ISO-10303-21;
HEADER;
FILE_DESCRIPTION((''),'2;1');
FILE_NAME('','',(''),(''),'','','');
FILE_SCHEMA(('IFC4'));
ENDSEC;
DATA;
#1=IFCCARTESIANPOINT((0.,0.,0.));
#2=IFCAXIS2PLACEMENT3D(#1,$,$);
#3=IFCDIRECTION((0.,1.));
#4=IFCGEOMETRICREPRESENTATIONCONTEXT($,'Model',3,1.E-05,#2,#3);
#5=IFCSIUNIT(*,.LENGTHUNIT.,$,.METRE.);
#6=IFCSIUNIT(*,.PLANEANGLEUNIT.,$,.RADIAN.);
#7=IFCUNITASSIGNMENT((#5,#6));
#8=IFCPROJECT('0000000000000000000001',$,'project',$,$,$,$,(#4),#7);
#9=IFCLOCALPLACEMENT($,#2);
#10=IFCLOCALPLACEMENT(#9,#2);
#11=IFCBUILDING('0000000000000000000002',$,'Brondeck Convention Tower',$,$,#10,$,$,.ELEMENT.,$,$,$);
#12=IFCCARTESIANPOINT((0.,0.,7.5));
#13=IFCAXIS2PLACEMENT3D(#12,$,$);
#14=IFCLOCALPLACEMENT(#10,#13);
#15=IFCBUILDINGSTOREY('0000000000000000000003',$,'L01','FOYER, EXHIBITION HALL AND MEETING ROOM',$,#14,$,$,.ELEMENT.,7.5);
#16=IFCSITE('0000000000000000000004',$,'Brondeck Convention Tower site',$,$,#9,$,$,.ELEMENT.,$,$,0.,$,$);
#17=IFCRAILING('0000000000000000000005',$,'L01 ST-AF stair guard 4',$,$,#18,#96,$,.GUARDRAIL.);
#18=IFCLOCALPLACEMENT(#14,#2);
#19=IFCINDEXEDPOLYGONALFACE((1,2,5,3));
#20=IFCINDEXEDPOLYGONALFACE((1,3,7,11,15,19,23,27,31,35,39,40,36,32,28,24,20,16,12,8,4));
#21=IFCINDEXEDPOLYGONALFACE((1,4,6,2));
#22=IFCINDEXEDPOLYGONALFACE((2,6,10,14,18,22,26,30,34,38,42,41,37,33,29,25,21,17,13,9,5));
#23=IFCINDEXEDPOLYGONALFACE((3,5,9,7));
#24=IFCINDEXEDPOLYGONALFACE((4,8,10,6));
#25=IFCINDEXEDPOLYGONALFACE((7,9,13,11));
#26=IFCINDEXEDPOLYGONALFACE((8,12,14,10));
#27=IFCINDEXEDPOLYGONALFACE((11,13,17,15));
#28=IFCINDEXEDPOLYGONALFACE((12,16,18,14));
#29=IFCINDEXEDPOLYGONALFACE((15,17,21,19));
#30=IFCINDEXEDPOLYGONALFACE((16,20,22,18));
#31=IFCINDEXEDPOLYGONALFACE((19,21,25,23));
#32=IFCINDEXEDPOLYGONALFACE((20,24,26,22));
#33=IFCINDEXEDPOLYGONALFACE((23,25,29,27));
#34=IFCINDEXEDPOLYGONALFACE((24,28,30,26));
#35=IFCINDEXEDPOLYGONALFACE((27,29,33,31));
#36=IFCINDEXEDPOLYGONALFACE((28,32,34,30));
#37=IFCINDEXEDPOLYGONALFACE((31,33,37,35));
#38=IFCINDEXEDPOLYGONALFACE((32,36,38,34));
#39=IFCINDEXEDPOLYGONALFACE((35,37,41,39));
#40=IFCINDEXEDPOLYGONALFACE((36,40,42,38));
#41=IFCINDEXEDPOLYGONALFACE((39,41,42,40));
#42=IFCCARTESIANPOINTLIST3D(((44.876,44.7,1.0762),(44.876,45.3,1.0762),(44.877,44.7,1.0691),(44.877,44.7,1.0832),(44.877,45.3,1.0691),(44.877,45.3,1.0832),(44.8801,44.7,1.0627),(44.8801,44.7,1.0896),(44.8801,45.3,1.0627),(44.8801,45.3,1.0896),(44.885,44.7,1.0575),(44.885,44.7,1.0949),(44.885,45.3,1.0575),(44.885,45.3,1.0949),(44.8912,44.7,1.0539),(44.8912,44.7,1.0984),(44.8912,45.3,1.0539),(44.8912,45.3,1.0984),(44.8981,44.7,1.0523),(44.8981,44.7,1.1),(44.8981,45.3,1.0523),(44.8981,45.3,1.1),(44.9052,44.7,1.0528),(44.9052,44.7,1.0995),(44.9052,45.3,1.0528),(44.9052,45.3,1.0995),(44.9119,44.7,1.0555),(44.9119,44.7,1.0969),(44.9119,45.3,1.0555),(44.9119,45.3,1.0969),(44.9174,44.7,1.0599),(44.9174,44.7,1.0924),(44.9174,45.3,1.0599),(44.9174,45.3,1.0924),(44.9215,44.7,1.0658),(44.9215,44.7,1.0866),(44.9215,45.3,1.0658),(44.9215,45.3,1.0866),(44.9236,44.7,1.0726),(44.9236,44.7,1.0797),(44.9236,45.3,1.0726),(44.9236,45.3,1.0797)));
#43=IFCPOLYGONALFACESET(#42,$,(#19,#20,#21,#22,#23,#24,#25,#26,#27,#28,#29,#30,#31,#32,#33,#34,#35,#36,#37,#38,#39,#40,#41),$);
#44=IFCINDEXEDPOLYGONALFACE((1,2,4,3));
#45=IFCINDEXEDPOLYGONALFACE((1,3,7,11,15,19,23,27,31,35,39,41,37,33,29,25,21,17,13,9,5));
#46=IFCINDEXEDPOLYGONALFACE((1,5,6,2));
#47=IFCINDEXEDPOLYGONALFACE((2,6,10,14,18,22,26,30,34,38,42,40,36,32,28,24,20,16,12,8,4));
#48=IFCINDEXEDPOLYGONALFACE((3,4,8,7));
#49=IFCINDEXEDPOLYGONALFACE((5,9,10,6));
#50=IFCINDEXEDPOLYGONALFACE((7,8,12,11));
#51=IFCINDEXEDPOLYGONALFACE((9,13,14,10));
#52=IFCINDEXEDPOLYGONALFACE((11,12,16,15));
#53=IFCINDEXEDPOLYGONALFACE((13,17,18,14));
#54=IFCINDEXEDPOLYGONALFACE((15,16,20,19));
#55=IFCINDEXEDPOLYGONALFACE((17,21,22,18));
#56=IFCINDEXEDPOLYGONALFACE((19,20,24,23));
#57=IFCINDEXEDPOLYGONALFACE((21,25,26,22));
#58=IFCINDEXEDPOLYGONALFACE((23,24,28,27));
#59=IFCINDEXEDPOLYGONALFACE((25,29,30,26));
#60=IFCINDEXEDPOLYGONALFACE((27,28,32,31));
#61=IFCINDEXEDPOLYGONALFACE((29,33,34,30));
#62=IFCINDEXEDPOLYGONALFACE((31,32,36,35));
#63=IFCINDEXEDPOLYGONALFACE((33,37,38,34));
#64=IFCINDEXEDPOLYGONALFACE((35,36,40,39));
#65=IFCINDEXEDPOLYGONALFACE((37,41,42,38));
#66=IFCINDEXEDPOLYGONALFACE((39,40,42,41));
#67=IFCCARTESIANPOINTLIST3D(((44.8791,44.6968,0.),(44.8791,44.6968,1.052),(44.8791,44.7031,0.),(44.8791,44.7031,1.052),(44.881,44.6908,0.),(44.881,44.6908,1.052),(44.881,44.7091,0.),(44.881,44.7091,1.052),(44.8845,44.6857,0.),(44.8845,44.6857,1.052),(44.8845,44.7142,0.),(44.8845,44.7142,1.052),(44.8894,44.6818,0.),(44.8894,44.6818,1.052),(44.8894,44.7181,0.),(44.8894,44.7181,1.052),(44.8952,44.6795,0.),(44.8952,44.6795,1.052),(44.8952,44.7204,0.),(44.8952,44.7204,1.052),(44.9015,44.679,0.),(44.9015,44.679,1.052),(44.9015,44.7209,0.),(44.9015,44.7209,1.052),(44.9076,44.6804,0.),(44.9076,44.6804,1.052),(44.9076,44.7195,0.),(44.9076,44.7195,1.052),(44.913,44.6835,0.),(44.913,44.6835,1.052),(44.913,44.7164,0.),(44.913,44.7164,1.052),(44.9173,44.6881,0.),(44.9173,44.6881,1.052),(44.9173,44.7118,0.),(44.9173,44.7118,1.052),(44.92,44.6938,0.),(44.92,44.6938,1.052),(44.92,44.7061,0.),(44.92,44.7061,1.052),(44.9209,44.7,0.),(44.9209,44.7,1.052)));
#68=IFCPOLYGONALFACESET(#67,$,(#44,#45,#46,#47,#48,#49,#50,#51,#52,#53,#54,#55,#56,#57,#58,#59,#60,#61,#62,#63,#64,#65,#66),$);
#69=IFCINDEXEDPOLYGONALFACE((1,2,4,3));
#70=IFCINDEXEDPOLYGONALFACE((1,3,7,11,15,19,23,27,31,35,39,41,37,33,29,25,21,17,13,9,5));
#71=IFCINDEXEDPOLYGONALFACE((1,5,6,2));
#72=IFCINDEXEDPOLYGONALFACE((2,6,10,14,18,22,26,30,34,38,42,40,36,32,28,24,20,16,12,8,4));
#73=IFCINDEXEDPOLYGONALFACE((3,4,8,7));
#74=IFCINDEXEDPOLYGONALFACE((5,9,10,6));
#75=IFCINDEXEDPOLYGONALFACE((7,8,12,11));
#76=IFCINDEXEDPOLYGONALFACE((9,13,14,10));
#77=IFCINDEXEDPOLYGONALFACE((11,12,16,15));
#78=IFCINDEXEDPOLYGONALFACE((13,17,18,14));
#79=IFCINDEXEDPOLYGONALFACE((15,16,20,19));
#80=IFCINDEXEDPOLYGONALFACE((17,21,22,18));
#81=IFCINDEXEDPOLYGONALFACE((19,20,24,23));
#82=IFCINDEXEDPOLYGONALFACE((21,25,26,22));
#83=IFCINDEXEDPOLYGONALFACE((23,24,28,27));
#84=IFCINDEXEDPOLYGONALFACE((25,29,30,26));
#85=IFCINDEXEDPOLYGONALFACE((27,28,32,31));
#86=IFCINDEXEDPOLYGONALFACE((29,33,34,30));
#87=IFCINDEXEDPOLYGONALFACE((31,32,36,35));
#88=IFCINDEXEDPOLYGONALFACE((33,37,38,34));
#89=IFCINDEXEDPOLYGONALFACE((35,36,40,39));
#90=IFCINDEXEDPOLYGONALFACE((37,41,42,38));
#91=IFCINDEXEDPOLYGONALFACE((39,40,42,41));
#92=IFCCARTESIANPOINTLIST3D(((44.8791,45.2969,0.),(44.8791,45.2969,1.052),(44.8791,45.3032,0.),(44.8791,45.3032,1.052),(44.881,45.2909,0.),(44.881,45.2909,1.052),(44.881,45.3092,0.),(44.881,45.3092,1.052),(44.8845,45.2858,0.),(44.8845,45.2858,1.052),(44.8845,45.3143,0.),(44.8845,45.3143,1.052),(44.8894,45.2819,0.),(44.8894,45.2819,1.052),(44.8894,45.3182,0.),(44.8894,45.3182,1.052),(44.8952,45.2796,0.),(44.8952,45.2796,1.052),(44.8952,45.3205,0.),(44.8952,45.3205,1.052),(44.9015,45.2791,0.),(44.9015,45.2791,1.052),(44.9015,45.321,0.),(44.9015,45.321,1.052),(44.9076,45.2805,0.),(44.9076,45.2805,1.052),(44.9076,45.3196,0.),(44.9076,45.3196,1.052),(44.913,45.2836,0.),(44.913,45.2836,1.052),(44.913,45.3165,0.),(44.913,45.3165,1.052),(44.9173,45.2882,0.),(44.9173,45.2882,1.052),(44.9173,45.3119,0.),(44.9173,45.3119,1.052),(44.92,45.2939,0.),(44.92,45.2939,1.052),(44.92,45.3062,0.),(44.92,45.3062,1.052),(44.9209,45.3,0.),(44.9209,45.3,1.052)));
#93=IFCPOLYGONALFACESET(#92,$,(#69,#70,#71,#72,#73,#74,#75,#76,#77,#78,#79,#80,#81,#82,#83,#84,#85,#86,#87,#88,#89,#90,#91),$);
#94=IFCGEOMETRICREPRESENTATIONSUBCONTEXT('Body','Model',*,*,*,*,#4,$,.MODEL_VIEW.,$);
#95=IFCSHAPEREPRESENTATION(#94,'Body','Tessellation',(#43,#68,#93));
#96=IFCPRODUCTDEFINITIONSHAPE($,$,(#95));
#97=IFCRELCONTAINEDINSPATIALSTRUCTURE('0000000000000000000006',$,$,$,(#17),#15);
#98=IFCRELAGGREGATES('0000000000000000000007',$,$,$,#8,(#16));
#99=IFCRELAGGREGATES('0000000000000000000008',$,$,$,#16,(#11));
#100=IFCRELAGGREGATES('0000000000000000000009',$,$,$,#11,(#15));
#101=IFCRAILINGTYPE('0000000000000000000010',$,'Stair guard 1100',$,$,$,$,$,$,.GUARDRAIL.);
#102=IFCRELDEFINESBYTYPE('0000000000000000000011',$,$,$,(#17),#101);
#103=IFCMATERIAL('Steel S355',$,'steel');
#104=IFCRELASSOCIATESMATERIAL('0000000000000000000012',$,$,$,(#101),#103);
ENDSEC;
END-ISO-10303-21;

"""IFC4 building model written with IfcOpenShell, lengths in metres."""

from ifc_helpers import new_model, si_unit, direction, frame, origin, origin_2d, place, context, subcontext, project, spatial, circle, extrude, material, type_object, element, save


model = new_model("IFC4")

# Units and contexts
model_context = context("Model", 3, precision=1e-05, world=origin(), true_north=direction((0.0, 1.0)))
body_context = subcontext(model_context, "Body", "Model", "MODEL_VIEW")
ifc_project = project(units=[si_unit("LENGTHUNIT", "METRE"), si_unit("PLANEANGLEUNIT", "RADIAN")], contexts=[model_context])

# Site, building, storey
site_placement = place(None, origin())
site = spatial("IfcSite", under=ifc_project, at=site_placement, Name="Brondeck Convention Tower site", CompositionType="ELEMENT", RefElevation=0.0)
building_placement = place(site_placement, origin())
building = spatial("IfcBuilding", under=site, at=building_placement, Name="Brondeck Convention Tower", CompositionType="ELEMENT")
storey_placement = place(building_placement, frame((0.0, 0.0, 7.5)))
storey = spatial("IfcBuildingStorey", under=building, at=storey_placement, Name="L01", Description="FOYER, EXHIBITION HALL AND MEETING ROOM", CompositionType="ELEMENT", Elevation=7.5)

# Shared definitions
ifc_material_1 = material(Name="Steel S355", Category="steel")

# Railing
railing_type_1 = type_object("IfcRailingType", Name="Stair guard 1100", PredefinedType="GUARDRAIL", material=ifc_material_1)
for number, where, name in (
    (1, (44.8999, 44.7, 0.0), "L01 ST-AF stair guard 4"),
):
    element("IfcRailing", number, at=place(storey_placement, frame(where)), inside=storey, type_object=railing_type_1, Name=name, PredefinedType="GUARDRAIL", context=body_context, shape_type="SweptSolid", body=[
        extrude(circle(Radius=0.0239, at=origin_2d()), frame((0.0, 0.0, 1.0762), z_axis=(0.0, 1.0, 0.0), x_axis=(-1.0, 0.0, 0.0)), (0.0, 0.0, 1.0), 0.6001),
        extrude(circle(Radius=0.021, at=origin_2d()), origin(), (0.0, 0.0, 1.0), 1.052),
        extrude(circle(Radius=0.021, at=origin_2d()), frame((0.0, 0.6001, 0.0)), (0.0, 0.0, 1.0), 1.052),
    ])

save(model, "model.ifc")
